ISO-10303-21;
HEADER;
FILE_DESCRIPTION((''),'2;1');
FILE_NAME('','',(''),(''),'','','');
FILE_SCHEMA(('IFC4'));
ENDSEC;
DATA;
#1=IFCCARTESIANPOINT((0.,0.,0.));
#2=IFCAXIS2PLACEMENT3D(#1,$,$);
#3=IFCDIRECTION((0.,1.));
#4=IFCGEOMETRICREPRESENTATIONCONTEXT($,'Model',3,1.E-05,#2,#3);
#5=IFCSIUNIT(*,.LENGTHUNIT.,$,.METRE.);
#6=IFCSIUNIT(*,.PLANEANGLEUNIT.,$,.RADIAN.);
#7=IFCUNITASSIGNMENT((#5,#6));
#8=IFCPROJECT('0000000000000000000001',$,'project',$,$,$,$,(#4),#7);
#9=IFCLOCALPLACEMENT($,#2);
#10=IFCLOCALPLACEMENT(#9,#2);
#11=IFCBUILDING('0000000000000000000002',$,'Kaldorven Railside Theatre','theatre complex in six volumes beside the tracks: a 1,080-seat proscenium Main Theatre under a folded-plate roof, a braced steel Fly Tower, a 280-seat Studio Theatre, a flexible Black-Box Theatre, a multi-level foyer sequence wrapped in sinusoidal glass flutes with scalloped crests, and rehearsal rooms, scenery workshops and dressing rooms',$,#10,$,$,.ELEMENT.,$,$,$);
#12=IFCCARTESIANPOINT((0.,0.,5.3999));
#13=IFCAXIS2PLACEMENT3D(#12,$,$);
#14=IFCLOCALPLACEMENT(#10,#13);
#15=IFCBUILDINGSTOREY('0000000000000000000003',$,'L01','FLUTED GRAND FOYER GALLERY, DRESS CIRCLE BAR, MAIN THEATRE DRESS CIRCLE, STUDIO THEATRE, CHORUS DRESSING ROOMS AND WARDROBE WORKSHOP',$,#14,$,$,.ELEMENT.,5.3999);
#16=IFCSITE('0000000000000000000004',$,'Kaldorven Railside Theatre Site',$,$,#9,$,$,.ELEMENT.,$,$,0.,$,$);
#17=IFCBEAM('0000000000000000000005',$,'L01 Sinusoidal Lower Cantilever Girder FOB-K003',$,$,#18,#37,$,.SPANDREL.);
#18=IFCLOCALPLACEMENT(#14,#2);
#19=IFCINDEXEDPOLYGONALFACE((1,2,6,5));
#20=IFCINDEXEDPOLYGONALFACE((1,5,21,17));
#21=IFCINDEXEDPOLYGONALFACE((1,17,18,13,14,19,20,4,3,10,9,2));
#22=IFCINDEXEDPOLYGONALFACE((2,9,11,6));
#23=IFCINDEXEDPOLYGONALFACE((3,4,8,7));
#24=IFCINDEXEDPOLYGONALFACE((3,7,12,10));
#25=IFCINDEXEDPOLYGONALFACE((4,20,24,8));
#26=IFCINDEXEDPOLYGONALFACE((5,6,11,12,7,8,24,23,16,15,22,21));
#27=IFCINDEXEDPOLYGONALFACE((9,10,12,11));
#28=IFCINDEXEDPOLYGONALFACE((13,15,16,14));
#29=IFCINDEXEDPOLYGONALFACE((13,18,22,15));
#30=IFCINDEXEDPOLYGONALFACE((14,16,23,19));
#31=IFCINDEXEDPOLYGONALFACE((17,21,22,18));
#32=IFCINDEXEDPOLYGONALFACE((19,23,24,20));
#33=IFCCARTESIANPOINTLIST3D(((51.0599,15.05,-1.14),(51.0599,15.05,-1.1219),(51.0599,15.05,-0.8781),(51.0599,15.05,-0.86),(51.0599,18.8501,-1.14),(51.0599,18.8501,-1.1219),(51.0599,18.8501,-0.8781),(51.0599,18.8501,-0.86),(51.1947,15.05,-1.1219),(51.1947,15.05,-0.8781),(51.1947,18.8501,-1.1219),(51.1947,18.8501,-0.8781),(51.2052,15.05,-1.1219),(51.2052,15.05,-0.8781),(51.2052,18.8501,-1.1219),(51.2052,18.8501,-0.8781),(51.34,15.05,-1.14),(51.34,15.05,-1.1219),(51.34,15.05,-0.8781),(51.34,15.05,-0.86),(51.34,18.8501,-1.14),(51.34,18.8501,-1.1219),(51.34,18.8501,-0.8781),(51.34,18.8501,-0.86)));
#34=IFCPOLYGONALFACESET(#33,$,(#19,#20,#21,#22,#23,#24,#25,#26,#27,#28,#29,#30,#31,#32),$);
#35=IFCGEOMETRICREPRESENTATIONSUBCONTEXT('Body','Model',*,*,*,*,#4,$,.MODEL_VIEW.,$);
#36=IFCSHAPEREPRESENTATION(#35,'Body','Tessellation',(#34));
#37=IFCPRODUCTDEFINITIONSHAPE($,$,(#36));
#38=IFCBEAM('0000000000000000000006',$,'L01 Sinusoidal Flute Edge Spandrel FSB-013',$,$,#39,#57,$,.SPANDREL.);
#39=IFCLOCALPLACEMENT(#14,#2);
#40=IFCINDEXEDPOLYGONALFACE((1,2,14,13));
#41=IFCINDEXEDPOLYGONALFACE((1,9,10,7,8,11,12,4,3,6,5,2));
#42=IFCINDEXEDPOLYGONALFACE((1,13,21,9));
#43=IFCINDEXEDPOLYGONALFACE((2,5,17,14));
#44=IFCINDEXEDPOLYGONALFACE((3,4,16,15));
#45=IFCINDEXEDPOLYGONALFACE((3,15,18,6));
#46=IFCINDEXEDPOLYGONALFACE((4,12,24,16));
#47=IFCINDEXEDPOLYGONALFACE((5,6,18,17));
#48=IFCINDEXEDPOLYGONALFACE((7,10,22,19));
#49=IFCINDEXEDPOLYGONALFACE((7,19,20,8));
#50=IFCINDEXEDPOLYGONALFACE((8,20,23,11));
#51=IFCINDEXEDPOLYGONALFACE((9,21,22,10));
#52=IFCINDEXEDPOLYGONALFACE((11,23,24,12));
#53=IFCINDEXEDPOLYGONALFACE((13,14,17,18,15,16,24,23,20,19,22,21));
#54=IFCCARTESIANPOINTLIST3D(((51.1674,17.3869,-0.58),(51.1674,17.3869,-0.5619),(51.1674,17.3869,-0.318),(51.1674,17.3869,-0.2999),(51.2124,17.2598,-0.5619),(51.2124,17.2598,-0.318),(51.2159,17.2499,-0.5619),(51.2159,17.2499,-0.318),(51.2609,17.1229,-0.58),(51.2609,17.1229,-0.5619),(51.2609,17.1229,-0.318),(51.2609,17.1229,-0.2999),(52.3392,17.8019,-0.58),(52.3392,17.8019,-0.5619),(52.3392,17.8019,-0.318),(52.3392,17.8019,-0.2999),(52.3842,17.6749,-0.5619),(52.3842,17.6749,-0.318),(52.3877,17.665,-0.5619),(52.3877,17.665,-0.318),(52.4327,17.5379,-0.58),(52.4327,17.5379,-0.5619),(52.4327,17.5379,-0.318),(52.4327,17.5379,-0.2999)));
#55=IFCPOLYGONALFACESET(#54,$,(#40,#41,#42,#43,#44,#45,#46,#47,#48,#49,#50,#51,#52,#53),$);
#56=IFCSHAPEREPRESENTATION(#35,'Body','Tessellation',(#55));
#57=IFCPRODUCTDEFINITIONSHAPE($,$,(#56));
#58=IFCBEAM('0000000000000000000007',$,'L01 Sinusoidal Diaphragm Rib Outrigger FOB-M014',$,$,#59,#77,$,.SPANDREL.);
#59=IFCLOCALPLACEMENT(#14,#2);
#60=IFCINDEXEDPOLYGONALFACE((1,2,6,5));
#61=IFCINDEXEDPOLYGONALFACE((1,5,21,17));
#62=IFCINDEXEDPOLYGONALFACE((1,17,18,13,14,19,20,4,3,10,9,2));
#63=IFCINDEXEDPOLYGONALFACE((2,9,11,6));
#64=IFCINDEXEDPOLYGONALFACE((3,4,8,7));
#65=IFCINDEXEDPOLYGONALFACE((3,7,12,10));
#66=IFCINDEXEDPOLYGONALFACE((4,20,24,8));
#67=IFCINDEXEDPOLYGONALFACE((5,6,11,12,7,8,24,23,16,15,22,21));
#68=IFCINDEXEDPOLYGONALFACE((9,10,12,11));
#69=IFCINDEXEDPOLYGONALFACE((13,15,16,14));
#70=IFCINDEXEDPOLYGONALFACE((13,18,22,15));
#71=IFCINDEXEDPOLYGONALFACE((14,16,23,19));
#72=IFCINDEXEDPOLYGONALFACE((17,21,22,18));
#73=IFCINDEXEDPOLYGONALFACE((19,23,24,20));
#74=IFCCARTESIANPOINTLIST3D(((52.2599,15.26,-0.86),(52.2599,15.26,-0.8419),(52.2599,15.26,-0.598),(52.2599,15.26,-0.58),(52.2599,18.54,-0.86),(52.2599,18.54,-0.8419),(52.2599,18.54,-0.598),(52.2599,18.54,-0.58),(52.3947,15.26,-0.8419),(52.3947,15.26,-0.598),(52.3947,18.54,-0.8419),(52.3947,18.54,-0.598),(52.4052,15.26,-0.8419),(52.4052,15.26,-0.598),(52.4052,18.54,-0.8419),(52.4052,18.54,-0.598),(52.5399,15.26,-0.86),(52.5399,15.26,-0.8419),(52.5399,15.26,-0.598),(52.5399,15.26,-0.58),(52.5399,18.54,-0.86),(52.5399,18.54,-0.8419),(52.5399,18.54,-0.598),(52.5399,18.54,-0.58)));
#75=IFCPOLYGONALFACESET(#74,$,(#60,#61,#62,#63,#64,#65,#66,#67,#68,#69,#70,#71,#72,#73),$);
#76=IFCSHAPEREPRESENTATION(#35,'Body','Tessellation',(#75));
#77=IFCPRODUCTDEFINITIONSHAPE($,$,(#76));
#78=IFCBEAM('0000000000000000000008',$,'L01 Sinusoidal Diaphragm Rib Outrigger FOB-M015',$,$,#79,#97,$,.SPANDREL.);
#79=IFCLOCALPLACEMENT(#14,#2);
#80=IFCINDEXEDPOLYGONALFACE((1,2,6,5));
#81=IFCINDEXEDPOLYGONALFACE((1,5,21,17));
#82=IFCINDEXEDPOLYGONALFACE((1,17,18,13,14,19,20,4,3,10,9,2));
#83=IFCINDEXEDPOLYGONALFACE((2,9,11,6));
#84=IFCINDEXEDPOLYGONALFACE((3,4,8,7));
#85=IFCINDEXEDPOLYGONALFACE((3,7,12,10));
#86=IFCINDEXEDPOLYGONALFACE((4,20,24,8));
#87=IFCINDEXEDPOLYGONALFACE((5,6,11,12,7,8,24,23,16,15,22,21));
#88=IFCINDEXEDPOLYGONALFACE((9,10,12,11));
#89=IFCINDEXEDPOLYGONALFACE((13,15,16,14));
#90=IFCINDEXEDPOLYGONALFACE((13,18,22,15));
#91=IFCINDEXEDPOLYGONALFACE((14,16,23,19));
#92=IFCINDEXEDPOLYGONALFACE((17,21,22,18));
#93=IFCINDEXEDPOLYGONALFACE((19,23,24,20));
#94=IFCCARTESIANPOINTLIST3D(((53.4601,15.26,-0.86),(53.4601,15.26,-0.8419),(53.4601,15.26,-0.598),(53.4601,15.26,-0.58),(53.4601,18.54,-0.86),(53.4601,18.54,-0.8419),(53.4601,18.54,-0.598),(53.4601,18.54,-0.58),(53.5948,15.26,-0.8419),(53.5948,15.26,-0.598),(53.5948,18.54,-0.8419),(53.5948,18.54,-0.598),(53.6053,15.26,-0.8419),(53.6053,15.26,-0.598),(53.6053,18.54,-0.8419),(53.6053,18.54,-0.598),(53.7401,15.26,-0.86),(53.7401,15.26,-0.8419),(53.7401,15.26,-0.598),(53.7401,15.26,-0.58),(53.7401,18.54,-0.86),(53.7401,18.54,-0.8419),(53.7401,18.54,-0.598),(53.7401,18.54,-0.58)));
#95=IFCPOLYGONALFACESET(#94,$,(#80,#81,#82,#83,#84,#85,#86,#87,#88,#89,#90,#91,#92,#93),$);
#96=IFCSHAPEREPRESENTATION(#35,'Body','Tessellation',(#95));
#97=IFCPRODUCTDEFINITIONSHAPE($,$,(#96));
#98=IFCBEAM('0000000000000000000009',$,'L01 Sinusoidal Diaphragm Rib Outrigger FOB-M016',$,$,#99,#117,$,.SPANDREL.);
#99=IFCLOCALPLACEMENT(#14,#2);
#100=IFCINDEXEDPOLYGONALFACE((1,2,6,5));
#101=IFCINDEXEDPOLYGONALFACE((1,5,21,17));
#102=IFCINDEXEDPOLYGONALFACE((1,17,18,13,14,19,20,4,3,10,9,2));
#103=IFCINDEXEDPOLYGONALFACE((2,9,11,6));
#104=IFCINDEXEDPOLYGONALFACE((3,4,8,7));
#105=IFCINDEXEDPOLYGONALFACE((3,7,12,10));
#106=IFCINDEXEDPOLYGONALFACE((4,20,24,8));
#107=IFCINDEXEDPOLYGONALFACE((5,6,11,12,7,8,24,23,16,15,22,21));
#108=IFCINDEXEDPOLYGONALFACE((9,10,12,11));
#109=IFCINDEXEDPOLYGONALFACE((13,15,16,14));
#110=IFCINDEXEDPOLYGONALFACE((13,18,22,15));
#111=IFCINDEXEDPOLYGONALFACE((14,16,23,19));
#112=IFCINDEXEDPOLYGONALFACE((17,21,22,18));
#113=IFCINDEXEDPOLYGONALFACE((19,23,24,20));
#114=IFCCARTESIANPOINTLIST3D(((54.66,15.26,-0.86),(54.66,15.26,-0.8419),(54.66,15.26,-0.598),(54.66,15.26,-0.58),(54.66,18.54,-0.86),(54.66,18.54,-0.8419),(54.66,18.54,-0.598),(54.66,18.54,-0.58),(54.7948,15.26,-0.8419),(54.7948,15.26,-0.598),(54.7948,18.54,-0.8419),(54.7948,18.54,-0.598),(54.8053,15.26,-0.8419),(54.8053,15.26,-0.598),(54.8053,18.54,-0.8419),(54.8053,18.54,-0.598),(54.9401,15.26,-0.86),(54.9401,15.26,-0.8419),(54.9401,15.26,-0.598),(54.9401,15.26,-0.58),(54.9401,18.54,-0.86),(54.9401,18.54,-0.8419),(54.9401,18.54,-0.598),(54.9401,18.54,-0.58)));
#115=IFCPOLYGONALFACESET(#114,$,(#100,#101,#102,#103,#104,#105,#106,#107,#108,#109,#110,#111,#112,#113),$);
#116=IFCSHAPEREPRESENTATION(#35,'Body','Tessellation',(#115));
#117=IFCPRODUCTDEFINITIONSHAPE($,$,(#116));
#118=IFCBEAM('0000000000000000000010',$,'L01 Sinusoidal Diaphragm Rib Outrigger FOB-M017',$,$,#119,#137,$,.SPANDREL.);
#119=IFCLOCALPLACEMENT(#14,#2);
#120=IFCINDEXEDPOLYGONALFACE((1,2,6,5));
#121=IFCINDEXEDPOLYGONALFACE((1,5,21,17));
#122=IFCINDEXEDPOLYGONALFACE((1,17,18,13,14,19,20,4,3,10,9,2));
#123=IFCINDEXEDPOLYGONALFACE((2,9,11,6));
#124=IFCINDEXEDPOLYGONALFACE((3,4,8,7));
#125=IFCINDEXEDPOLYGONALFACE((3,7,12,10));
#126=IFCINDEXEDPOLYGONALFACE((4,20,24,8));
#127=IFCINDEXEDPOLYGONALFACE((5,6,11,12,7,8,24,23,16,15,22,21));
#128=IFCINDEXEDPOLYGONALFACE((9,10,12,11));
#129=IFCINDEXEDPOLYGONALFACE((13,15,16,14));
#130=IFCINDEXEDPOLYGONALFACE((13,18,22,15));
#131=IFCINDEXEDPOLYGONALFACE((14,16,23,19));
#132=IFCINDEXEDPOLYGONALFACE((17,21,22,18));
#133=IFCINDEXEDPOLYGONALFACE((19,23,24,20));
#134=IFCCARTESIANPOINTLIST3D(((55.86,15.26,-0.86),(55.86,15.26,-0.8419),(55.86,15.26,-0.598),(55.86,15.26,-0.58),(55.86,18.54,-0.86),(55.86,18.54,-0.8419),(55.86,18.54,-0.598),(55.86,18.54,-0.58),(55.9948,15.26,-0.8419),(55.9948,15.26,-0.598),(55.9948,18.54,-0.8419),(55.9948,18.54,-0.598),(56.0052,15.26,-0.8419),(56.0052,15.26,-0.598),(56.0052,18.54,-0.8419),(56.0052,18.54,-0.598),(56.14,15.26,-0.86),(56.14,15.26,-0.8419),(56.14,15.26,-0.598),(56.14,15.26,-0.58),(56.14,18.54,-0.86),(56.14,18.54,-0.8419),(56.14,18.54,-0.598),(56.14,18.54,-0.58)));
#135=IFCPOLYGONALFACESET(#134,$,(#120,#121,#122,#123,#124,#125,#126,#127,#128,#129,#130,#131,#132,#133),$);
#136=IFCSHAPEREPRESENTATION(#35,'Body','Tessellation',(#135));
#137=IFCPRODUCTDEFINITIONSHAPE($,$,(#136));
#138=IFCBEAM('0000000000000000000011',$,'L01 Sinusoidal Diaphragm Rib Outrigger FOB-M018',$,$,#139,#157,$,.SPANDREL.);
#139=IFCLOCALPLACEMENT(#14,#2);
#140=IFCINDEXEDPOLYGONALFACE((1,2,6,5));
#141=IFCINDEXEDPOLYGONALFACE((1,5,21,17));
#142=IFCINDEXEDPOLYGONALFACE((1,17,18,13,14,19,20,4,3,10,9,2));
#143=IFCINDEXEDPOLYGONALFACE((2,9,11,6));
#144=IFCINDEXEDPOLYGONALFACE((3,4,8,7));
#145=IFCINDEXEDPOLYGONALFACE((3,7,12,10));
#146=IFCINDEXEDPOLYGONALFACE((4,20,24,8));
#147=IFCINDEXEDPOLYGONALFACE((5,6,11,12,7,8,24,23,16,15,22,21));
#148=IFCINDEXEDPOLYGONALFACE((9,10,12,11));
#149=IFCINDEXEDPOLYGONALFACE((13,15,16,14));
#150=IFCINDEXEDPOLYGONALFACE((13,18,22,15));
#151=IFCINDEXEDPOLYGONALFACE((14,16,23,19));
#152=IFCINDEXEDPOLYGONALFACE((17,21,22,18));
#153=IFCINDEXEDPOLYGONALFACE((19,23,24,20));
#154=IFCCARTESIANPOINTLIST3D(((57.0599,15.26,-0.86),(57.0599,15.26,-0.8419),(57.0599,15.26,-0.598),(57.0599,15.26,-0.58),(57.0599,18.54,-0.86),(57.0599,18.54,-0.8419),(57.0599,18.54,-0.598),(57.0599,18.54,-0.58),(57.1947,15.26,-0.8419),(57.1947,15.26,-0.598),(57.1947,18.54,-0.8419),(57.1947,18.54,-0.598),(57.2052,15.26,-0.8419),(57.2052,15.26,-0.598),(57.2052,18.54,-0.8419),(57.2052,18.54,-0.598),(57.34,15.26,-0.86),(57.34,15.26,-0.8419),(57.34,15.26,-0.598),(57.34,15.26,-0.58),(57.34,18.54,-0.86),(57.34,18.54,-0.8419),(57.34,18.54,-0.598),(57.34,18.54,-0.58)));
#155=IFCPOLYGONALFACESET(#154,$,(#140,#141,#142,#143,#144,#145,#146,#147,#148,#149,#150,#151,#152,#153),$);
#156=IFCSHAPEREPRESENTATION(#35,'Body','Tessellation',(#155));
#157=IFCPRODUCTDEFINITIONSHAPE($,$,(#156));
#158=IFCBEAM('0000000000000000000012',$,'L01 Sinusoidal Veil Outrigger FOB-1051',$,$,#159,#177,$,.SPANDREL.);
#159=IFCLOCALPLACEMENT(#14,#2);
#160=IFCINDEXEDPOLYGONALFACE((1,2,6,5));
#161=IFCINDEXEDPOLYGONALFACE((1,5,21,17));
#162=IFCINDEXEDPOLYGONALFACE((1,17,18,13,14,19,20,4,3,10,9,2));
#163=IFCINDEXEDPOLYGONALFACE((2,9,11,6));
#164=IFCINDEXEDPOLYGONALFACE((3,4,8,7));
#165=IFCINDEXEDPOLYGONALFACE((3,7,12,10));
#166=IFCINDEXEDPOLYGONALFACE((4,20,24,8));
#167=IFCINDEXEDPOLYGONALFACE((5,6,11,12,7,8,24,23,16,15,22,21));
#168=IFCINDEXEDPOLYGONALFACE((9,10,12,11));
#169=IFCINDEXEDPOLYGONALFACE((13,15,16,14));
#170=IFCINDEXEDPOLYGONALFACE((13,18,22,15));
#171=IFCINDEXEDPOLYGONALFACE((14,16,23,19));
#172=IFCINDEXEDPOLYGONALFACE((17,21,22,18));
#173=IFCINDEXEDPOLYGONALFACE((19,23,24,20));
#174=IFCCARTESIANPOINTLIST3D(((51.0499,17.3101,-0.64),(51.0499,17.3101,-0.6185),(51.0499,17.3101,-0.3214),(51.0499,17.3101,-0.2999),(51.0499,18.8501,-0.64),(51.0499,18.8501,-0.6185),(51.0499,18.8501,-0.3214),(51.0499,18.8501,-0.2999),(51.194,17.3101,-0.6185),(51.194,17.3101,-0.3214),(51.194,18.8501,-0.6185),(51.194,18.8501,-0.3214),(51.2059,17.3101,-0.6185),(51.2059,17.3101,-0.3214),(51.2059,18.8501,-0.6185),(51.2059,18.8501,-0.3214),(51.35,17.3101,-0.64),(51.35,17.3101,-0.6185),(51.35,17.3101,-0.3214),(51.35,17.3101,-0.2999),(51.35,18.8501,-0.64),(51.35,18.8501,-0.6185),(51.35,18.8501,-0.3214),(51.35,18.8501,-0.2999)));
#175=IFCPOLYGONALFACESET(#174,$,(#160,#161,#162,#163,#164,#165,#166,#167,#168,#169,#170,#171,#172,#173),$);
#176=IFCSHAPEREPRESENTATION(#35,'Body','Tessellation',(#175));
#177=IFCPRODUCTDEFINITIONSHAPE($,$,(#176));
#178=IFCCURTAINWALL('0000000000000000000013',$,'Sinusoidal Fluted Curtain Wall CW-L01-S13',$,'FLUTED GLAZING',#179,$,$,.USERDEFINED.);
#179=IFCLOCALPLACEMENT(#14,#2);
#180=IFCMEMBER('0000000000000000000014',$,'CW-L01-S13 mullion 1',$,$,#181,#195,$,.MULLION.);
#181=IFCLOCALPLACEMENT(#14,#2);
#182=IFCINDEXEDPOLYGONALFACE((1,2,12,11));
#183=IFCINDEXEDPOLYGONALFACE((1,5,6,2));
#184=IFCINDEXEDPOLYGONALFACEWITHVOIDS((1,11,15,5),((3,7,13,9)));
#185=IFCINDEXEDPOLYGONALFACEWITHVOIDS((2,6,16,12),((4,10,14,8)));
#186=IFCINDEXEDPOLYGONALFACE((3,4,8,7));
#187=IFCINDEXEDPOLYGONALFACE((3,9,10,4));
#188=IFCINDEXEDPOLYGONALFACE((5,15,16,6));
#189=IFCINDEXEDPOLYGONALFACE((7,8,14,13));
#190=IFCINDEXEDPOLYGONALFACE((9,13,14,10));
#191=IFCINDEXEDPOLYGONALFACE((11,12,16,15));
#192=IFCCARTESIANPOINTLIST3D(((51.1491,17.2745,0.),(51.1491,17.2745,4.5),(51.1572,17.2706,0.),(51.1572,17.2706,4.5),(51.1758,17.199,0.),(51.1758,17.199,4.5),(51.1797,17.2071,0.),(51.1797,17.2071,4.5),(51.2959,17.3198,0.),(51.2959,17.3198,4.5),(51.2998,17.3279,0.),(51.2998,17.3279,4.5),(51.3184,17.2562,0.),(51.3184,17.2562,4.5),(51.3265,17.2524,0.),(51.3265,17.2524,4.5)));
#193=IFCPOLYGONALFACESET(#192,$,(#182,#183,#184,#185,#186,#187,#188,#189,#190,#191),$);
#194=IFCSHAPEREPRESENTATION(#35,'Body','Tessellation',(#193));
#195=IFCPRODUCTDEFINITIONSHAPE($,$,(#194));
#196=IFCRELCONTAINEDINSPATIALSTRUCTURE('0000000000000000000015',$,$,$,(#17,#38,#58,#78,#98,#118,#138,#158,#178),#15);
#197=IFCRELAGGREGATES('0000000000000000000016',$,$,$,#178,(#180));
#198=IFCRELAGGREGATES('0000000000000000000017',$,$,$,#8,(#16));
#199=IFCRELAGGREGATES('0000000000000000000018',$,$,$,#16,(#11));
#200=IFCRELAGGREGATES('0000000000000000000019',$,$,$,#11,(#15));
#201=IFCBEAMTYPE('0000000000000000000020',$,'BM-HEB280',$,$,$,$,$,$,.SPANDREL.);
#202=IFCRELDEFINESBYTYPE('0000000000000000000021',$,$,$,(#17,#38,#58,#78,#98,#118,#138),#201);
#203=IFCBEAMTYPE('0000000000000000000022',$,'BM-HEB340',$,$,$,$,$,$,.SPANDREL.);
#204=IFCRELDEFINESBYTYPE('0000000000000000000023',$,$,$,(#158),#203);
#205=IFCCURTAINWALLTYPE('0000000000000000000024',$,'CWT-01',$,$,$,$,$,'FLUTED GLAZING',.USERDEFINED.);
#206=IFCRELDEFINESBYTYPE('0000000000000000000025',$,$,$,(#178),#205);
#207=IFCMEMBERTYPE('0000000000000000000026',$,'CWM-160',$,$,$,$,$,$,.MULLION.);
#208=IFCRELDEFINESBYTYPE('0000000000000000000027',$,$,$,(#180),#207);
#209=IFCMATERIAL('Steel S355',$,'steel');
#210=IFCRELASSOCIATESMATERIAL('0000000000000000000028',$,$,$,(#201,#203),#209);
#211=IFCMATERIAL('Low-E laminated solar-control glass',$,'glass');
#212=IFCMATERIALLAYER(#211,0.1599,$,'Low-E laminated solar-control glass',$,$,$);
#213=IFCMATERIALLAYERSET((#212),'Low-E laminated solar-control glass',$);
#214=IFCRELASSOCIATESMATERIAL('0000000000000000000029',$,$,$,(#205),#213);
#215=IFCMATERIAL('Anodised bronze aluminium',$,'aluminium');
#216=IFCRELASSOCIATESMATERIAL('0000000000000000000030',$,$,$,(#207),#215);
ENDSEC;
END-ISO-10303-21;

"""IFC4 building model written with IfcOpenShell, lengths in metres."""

from ifc_helpers import new_model, si_unit, direction, frame, origin, origin_2d, place, context, subcontext, project, spatial, hollow_rectangle, i_section, extrude, material, layer, layer_set, material_profile, profile_set, type_object, element, aggregate, save


model = new_model("IFC4")

# Units and contexts
model_context = context("Model", 3, precision=1e-05, world=origin(), true_north=direction((0.0, 1.0)))
body_context = subcontext(model_context, "Body", "Model", "MODEL_VIEW")
ifc_project = project(units=[si_unit("LENGTHUNIT", "METRE"), si_unit("PLANEANGLEUNIT", "RADIAN")], contexts=[model_context])

# Site, building, storey
site_placement = place(None, origin())
site = spatial("IfcSite", under=ifc_project, at=site_placement, Name="Kaldorven Railside Theatre Site", CompositionType="ELEMENT", RefElevation=0.0)
building_placement = place(site_placement, origin())
building = spatial("IfcBuilding", under=site, at=building_placement, Name="Kaldorven Railside Theatre", Description="theatre complex in six volumes beside the tracks: a 1,080-seat proscenium Main Theatre under a folded-plate roof, a braced steel Fly Tower, a 280-seat Studio Theatre, a flexible Black-Box Theatre, a multi-level foyer sequence wrapped in sinusoidal glass flutes with scalloped crests, and rehearsal rooms, scenery workshops and dressing rooms", CompositionType="ELEMENT")
storey_placement = place(building_placement, frame((0.0, 0.0, 5.3999)))
storey = spatial("IfcBuildingStorey", under=building, at=storey_placement, Name="L01", Description="FLUTED GRAND FOYER GALLERY, DRESS CIRCLE BAR, MAIN THEATRE DRESS CIRCLE, STUDIO THEATRE, CHORUS DRESSING ROOMS AND WARDROBE WORKSHOP", CompositionType="ELEMENT", Elevation=5.3999)

# Beams
ifc_material_1 = material(Name="Steel S355", Category="steel")
ifc_material_profile_1 = material_profile(ifc_material_1, i_section(OverallWidth=0.28, OverallDepth=0.28, WebThickness=0.0105, FlangeThickness=0.0181, at=origin_2d()), Name="HEB 280")
ifc_profile_set_1 = profile_set([ifc_material_profile_1], Name="Steel S355")
beam_type_1 = type_object("IfcBeamType", Name="BM-HEB280", PredefinedType="SPANDREL", material=ifc_profile_set_1)
beam_1_placement = place(storey_placement, frame((51.2, 15.05, -1.0), z_axis=(0.0, 1.0, 0.0), x_axis=(-1.0, 0.0, 0.0)))
element("IfcBeam", 1, at=beam_1_placement, inside=storey, type_object=beam_type_1, Name="L01 Sinusoidal Lower Cantilever Girder FOB-K003", PredefinedType="SPANDREL", context=body_context, shape_type="SweptSolid", body=[
    extrude(i_section(OverallWidth=0.28, OverallDepth=0.28, WebThickness=0.0105, FlangeThickness=0.0181, at=origin_2d()), origin(), (0.0, 0.0, 1.0), 3.8),
])
beam_2_placement = place(storey_placement, frame((51.2141, 17.2549, -0.4399), z_axis=(0.942627, 0.333847, 0.0), x_axis=(-0.333847, 0.942627, 0.0)))
element("IfcBeam", 2, at=beam_2_placement, inside=storey, type_object=beam_type_1, Name="L01 Sinusoidal Flute Edge Spandrel FSB-013", PredefinedType="SPANDREL", context=body_context, shape_type="SweptSolid", body=[
    extrude(i_section(OverallWidth=0.28, OverallDepth=0.28, WebThickness=0.0105, FlangeThickness=0.0181, at=origin_2d()), origin(), (0.0, 0.0, 1.0), 1.2432),
])
for number, where, z_axis, x_axis, name in (
    (3, (52.3999, 15.26, -0.72), (0.0, 1.0, 0.0), (-1.0, 0.0, 0.0), "L01 Sinusoidal Diaphragm Rib Outrigger FOB-M014"),
    (4, (53.6001, 15.26, -0.72), (0.0, 1.0, 0.0), (-1.0, 0.0, 0.0), "L01 Sinusoidal Diaphragm Rib Outrigger FOB-M015"),
    (5, (54.8, 15.26, -0.72), (0.0, 1.0, 0.0), (-1.0, 0.0, 0.0), "L01 Sinusoidal Diaphragm Rib Outrigger FOB-M016"),
    (6, (56.0, 15.26, -0.72), (0.0, 1.0, 0.0), (-1.0, 0.0, 0.0), "L01 Sinusoidal Diaphragm Rib Outrigger FOB-M017"),
    (7, (57.2, 15.26, -0.72), (0.0, 1.0, 0.0), (-1.0, 0.0, 0.0), "L01 Sinusoidal Diaphragm Rib Outrigger FOB-M018"),
):
    element("IfcBeam", number, at=place(storey_placement, frame(where, z_axis=z_axis, x_axis=x_axis)), inside=storey, type_object=beam_type_1, Name=name, PredefinedType="SPANDREL", context=body_context, shape_type="SweptSolid", body=[
        extrude(i_section(OverallWidth=0.28, OverallDepth=0.28, WebThickness=0.0105, FlangeThickness=0.0181, at=origin_2d()), origin(), (0.0, 0.0, 1.0), 3.28),
    ])
ifc_material_profile_2 = material_profile(ifc_material_1, i_section(OverallWidth=0.3, OverallDepth=0.3401, WebThickness=0.012, FlangeThickness=0.0215, at=origin_2d()), Name="HEB 340")
ifc_profile_set_2 = profile_set([ifc_material_profile_2], Name="Steel S355")
beam_type_2 = type_object("IfcBeamType", Name="BM-HEB340", PredefinedType="SPANDREL", material=ifc_profile_set_2)
beam_3_placement = place(storey_placement, frame((51.2, 17.3101, -0.47), z_axis=(0.0, 1.0, 0.0), x_axis=(-1.0, 0.0, 0.0)))
element("IfcBeam", 8, at=beam_3_placement, inside=storey, type_object=beam_type_2, Name="L01 Sinusoidal Veil Outrigger FOB-1051", PredefinedType="SPANDREL", context=body_context, shape_type="SweptSolid", body=[
    extrude(i_section(OverallWidth=0.3, OverallDepth=0.3401, WebThickness=0.012, FlangeThickness=0.0215, at=origin_2d()), origin(), (0.0, 0.0, 1.0), 1.54),
])

# Curtain wall, member
ifc_material_2 = material(Name="Low-E laminated solar-control glass", Category="glass")
ifc_layer_1 = layer(ifc_material_2, 0.1599, Name="Low-E laminated solar-control glass")
ifc_layer_set_1 = layer_set([ifc_layer_1], Name="Low-E laminated solar-control glass")
curtain_wall_type = type_object("IfcCurtainWallType", Name="CWT-01", ElementType="FLUTED GLAZING", PredefinedType="USERDEFINED", material=ifc_layer_set_1)
curtain_wall_1_placement = place(storey_placement, origin())
curtain_wall_1 = element("IfcCurtainWall", 9, at=curtain_wall_1_placement, inside=storey, type_object=curtain_wall_type, Name="Sinusoidal Fluted Curtain Wall CW-L01-S13", ObjectType="FLUTED GLAZING", PredefinedType="USERDEFINED")
ifc_material_3 = material(Name="Anodised bronze aluminium", Category="aluminium")
ifc_material_profile_3 = material_profile(ifc_material_3, hollow_rectangle(XDim=0.0801, YDim=0.1599, WallThickness=0.0063, at=origin_2d()), Name="RHS 160x80x6.3")
ifc_profile_set_3 = profile_set([ifc_material_profile_3], Name="Anodised bronze aluminium")
member_type_1 = type_object("IfcMemberType", Name="CWM-160", PredefinedType="MULLION", material=ifc_profile_set_3)
member_1_placement = place(storey_placement, frame((51.2378, 17.2634, 0.0), z_axis=(0.0, 0.0, 1.0), x_axis=(-0.333847, 0.942627, 0.0)))
member_1 = element("IfcMember", 10, at=member_1_placement, type_object=member_type_1, Name="CW-L01-S13 mullion 1", PredefinedType="MULLION", context=body_context, shape_type="SweptSolid", body=[
    extrude(hollow_rectangle(XDim=0.0801, YDim=0.1599, WallThickness=0.0063, at=origin_2d()), origin(), (0.0, 0.0, 1.0), 4.5),
])

aggregate(curtain_wall_1, [member_1])

save(model, "model.ifc")
